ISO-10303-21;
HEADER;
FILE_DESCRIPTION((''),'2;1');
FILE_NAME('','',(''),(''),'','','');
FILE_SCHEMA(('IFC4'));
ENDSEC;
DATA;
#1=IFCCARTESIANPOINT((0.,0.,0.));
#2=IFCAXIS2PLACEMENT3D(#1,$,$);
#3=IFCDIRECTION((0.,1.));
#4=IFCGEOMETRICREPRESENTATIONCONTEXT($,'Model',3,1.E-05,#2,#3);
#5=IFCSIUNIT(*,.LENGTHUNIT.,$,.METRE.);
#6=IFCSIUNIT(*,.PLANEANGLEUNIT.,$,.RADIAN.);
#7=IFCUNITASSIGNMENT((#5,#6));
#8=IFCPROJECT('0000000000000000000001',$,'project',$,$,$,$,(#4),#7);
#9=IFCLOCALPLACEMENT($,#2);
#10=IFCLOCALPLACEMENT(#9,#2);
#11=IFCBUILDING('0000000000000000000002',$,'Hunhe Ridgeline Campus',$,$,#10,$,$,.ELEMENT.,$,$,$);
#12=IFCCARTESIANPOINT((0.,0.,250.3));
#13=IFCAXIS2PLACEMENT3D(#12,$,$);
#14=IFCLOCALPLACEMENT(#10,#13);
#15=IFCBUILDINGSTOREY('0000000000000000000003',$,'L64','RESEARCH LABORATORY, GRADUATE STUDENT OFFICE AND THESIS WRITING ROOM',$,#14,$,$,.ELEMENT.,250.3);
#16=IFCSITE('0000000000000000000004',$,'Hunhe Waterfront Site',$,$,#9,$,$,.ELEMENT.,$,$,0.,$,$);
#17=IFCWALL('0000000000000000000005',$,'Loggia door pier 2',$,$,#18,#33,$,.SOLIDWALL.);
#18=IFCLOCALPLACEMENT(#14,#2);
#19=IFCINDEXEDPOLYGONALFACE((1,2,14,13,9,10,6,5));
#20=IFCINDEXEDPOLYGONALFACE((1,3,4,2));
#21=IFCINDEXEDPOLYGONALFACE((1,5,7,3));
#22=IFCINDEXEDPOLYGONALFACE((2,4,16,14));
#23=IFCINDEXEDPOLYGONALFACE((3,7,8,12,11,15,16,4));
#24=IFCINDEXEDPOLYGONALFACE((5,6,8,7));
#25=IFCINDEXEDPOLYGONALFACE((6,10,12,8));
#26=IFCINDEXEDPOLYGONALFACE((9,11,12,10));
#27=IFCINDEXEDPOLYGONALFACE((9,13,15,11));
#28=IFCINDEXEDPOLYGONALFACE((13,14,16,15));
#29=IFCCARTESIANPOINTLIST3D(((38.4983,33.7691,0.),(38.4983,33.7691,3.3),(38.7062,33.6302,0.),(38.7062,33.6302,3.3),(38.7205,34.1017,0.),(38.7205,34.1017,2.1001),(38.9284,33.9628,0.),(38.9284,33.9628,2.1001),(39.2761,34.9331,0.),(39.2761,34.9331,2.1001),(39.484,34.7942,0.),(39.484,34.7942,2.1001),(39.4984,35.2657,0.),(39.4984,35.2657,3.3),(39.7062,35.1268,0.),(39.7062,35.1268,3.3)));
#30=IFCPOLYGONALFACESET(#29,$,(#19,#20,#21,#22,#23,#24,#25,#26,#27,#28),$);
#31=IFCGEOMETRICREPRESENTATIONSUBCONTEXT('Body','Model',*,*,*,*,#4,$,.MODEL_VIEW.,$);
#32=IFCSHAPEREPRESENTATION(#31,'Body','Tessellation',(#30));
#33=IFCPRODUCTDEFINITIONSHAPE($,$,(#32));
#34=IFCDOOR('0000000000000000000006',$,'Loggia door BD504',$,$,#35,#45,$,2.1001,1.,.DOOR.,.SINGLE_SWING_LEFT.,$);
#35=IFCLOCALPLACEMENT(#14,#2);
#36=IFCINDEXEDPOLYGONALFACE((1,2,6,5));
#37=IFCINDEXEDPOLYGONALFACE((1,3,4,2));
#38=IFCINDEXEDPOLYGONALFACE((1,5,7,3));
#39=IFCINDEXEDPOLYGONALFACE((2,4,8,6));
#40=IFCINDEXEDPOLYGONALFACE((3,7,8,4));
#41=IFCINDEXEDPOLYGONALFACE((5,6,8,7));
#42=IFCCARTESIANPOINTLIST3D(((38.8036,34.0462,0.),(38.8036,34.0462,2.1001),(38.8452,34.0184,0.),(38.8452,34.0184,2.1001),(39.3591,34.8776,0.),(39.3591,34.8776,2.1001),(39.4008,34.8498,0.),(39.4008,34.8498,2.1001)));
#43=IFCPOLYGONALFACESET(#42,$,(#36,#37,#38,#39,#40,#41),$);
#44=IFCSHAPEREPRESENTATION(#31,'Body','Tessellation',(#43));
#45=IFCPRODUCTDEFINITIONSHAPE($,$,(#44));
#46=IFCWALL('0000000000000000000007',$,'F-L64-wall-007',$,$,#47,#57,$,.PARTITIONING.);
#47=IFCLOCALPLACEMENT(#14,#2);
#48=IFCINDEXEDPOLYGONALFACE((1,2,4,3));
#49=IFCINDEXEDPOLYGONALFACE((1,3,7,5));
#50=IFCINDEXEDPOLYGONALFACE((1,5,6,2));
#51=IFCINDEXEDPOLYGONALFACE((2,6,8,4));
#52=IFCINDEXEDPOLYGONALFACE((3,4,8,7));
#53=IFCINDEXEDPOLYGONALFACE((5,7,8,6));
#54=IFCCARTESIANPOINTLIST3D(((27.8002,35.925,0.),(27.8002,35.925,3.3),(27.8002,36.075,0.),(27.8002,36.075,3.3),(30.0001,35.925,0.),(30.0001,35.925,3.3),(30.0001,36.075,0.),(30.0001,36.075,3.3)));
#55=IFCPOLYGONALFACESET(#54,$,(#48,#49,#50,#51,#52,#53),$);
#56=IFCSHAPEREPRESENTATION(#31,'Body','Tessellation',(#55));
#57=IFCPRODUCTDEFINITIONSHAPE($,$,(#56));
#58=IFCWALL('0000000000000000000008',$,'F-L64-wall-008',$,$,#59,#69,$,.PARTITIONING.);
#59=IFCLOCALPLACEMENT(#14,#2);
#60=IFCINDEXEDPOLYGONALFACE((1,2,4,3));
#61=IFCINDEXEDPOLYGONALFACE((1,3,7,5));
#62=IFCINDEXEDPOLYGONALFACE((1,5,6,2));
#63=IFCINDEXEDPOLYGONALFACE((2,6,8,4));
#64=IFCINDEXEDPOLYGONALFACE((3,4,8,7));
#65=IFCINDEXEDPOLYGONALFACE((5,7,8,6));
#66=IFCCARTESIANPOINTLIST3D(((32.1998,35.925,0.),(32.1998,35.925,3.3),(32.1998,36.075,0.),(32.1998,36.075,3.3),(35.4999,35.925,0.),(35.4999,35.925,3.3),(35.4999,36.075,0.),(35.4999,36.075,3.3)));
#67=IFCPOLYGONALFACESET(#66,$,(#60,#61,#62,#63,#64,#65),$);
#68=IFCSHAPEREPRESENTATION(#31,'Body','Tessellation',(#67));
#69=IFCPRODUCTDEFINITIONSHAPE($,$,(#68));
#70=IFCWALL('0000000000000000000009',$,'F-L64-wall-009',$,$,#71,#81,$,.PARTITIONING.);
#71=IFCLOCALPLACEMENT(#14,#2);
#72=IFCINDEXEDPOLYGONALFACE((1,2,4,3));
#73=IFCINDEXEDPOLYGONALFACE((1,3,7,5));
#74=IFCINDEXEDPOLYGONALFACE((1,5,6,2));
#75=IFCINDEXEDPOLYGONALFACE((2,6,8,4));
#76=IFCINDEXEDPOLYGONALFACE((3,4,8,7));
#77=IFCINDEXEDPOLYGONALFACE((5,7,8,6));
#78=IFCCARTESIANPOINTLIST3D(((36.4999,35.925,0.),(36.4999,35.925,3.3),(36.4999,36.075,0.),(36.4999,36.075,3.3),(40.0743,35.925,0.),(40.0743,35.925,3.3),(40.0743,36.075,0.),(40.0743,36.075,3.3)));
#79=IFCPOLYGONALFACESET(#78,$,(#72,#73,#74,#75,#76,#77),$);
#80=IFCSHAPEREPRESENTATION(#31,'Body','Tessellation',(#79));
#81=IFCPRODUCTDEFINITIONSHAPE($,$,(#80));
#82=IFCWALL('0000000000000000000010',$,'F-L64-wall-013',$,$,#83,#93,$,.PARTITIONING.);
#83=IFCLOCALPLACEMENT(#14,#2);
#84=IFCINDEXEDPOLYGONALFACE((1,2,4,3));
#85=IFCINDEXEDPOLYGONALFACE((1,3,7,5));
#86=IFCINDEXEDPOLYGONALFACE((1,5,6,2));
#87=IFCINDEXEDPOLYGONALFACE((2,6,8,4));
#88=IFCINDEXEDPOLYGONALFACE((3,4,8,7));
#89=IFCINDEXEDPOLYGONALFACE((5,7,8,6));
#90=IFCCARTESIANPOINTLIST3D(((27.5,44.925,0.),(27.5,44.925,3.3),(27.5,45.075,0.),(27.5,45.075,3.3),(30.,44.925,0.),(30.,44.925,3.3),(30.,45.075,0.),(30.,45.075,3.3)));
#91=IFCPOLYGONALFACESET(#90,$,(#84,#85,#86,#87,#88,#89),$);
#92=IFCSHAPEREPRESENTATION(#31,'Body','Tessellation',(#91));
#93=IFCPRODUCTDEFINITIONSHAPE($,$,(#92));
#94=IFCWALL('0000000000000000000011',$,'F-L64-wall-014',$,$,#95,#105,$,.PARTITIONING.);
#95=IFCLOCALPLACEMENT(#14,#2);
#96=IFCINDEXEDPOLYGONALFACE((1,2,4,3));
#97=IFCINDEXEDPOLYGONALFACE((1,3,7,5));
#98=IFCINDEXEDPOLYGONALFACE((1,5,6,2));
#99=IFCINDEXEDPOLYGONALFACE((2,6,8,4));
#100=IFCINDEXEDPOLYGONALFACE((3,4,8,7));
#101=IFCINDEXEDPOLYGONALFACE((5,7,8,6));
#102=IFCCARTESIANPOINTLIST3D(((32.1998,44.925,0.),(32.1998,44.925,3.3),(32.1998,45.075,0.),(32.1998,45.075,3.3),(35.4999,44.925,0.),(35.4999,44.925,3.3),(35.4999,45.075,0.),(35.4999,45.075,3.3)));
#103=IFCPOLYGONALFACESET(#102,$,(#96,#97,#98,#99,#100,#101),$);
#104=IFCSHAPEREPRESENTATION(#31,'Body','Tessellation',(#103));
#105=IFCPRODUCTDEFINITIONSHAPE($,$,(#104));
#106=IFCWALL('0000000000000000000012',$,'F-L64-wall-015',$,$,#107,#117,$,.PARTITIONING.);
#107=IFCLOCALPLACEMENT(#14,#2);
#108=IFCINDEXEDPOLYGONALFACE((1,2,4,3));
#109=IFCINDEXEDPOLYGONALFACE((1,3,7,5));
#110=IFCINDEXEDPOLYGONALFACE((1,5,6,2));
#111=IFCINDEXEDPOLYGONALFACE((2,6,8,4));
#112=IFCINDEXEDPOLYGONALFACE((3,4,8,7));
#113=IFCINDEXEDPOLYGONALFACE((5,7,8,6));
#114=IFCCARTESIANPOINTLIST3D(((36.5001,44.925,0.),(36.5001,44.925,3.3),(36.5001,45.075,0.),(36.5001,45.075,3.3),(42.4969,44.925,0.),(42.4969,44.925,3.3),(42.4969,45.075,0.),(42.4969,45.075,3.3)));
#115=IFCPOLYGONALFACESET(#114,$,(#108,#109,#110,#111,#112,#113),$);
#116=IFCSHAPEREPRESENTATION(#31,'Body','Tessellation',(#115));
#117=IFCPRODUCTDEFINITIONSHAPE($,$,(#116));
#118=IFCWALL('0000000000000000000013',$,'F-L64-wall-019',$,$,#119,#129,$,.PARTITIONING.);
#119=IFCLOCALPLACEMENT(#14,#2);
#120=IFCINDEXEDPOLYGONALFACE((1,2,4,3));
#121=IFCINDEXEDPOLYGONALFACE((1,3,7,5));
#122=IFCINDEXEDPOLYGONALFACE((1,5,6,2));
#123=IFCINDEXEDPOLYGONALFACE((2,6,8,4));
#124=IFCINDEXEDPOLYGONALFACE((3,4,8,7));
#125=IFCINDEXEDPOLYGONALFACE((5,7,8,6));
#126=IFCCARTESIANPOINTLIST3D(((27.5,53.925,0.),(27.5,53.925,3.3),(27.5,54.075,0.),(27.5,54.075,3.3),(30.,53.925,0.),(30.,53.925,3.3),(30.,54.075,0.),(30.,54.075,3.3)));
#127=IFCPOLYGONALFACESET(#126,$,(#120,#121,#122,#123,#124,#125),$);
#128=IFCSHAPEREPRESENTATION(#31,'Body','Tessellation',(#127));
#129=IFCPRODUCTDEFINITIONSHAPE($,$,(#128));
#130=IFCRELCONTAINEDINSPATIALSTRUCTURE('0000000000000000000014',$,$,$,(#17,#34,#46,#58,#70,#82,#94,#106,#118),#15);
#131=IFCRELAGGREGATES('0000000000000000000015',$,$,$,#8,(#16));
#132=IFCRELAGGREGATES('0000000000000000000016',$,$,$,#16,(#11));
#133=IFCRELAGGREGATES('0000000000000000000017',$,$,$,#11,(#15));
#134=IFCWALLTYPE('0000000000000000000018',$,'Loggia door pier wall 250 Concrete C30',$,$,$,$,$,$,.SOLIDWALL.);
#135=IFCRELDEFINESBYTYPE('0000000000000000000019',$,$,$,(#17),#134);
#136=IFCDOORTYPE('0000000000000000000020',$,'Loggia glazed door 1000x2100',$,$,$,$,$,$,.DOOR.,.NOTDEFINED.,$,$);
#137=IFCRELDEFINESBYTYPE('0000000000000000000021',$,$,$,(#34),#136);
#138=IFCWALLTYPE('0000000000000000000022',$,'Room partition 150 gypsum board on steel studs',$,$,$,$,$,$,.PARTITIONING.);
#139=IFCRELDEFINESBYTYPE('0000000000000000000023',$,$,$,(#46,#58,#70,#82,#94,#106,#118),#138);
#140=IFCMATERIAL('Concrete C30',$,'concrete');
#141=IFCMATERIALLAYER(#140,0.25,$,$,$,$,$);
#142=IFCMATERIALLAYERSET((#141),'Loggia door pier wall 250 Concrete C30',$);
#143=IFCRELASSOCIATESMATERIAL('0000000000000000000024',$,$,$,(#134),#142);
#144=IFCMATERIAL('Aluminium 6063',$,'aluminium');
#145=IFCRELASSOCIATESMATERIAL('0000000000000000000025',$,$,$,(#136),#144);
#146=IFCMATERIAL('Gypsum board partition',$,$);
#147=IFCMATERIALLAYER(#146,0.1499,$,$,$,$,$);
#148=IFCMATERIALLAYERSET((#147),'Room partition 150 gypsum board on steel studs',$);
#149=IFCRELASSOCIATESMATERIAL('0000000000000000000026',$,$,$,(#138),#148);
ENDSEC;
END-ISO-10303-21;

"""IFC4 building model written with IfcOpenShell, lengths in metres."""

from ifc_helpers import new_model, si_unit, direction, frame, frame_2d, origin, place, context, subcontext, project, spatial, rectangle, extrude, material, layer, layer_set, type_object, element, fill, save


model = new_model("IFC4")

# Units and contexts
model_context = context("Model", 3, precision=1e-05, world=origin(), true_north=direction((0.0, 1.0)))
body_context = subcontext(model_context, "Body", "Model", "MODEL_VIEW")
ifc_project = project(units=[si_unit("LENGTHUNIT", "METRE"), si_unit("PLANEANGLEUNIT", "RADIAN")], contexts=[model_context])

# Site, building, storey
site_placement = place(None, origin())
site = spatial("IfcSite", under=ifc_project, at=site_placement, Name="Hunhe Waterfront Site", CompositionType="ELEMENT", RefElevation=0.0)
building_placement = place(site_placement, origin())
building = spatial("IfcBuilding", under=site, at=building_placement, Name="Hunhe Ridgeline Campus", CompositionType="ELEMENT")
storey_placement = place(building_placement, frame((0.0, 0.0, 250.3)))
storey = spatial("IfcBuildingStorey", under=building, at=storey_placement, Name="L64", Description="RESEARCH LABORATORY, GRADUATE STUDENT OFFICE AND THESIS WRITING ROOM", CompositionType="ELEMENT", Elevation=250.3)

# Shared definitions
ifc_material_1 = material(Name="Aluminium 6063", Category="aluminium")

# Wall, opening, door
ifc_material_2 = material(Name="Concrete C30", Category="concrete")
ifc_layer_1 = layer(ifc_material_2, 0.25)
ifc_layer_set_1 = layer_set([ifc_layer_1], Name="Loggia door pier wall 250 Concrete C30")
wall_type_1 = type_object("IfcWallType", Name="Loggia door pier wall 250 Concrete C30", PredefinedType="SOLIDWALL", material=ifc_layer_set_1)
wall_1_placement = place(storey_placement, frame((38.6023, 33.6997, 0.0), z_axis=(0.0, 0.0, 1.0), x_axis=(0.555576, 0.831466, 0.0)))
wall_1 = element("IfcWall", 1, at=wall_1_placement, inside=storey, type_object=wall_type_1, Name="Loggia door pier 2", PredefinedType="SOLIDWALL", context=body_context, shape_type="SweptSolid", body=[
    extrude(rectangle(XDim=1.8, YDim=0.25, at=frame_2d((0.8999, 0.0))), origin(), (0.0, 0.0, 1.0), 3.3),
])
opening_placement = place(wall_1_placement, frame((0.3999, 0.0, 0.0)))
opening = element("IfcOpeningElement", 2, at=opening_placement, cuts=wall_1, PredefinedType="OPENING", context=body_context, shape_type="SweptSolid", body=[
    extrude(rectangle(XDim=1.0, YDim=2.1001, at=frame_2d((0.5, 1.05))), frame((0.0, 0.125, 0.0), z_axis=(0.0, -1.0, 0.0), x_axis=(1.0, 0.0, 0.0)), (0.0, 0.0, 1.0), 0.25),
])
door_type = type_object("IfcDoorType", Name="Loggia glazed door 1000x2100", OperationType="NOTDEFINED", PredefinedType="DOOR", material=ifc_material_1)
door_placement = place(opening_placement, frame((1.0, 0.0, 0.0), z_axis=(0.0, 0.0, 1.0), x_axis=(-1.0, 0.0, 0.0)))
door = element("IfcDoor", 3, at=door_placement, inside=storey, type_object=door_type, Name="Loggia door BD504", OperationType="SINGLE_SWING_LEFT", OverallHeight=2.1001, OverallWidth=1.0, PredefinedType="DOOR", context=body_context, shape_type="SweptSolid", body=[
    extrude(rectangle(XDim=1.0, YDim=2.1001, at=frame_2d((0.5, 1.05))), frame((0.0, 0.0249, 0.0), z_axis=(0.0, -1.0, 0.0), x_axis=(1.0, 0.0, 0.0)), (0.0, 0.0, 1.0), 0.05),
])
fill(opening, door)

# Walls
ifc_material_3 = material(Name="Gypsum board partition")
ifc_layer_2 = layer(ifc_material_3, 0.1499)
ifc_layer_set_2 = layer_set([ifc_layer_2], Name="Room partition 150 gypsum board on steel studs")
wall_type_2 = type_object("IfcWallType", Name="Room partition 150 gypsum board on steel studs", PredefinedType="PARTITIONING", material=ifc_layer_set_2)
wall_2_placement = place(storey_placement, frame((27.8, 36.0, 0.0), z_axis=(0.0, 0.0, 1.0), x_axis=(1.0, 0.0, 0.0)))
element("IfcWall", 4, at=wall_2_placement, inside=storey, type_object=wall_type_2, Name="F-L64-wall-007", PredefinedType="PARTITIONING", context=body_context, shape_type="SweptSolid", body=[
    extrude(rectangle(XDim=2.2, YDim=0.1499, at=frame_2d((1.1001, 0.0))), origin(), (0.0, 0.0, 1.0), 3.3),
])
wall_3_placement = place(storey_placement, frame((32.2, 36.0, 0.0), z_axis=(0.0, 0.0, 1.0), x_axis=(1.0, 0.0, 0.0)))
element("IfcWall", 5, at=wall_3_placement, inside=storey, type_object=wall_type_2, Name="F-L64-wall-008", PredefinedType="PARTITIONING", context=body_context, shape_type="SweptSolid", body=[
    extrude(rectangle(XDim=3.3, YDim=0.1499, at=frame_2d((1.6499, 0.0))), origin(), (0.0, 0.0, 1.0), 3.3),
])
wall_4_placement = place(storey_placement, frame((36.5, 36.0, 0.0), z_axis=(0.0, 0.0, 1.0), x_axis=(1.0, 0.0, 0.0)))
element("IfcWall", 6, at=wall_4_placement, inside=storey, type_object=wall_type_2, Name="F-L64-wall-009", PredefinedType="PARTITIONING", context=body_context, shape_type="SweptSolid", body=[
    extrude(rectangle(XDim=3.5745, YDim=0.1499, at=frame_2d((1.7871, 0.0))), origin(), (0.0, 0.0, 1.0), 3.3),
])
wall_5_placement = place(storey_placement, frame((27.5, 45.0, 0.0), z_axis=(0.0, 0.0, 1.0), x_axis=(1.0, 0.0, 0.0)))
element("IfcWall", 7, at=wall_5_placement, inside=storey, type_object=wall_type_2, Name="F-L64-wall-013", PredefinedType="PARTITIONING", context=body_context, shape_type="SweptSolid", body=[
    extrude(rectangle(XDim=2.5, YDim=0.1499, at=frame_2d((1.25, 0.0))), origin(), (0.0, 0.0, 1.0), 3.3),
])
wall_6_placement = place(storey_placement, frame((32.2, 45.0, 0.0), z_axis=(0.0, 0.0, 1.0), x_axis=(1.0, 0.0, 0.0)))
element("IfcWall", 8, at=wall_6_placement, inside=storey, type_object=wall_type_2, Name="F-L64-wall-014", PredefinedType="PARTITIONING", context=body_context, shape_type="SweptSolid", body=[
    extrude(rectangle(XDim=3.3, YDim=0.1499, at=frame_2d((1.6499, 0.0))), origin(), (0.0, 0.0, 1.0), 3.3),
])
wall_7_placement = place(storey_placement, frame((36.5, 45.0, 0.0), z_axis=(0.0, 0.0, 1.0), x_axis=(1.0, 0.0, 0.0)))
element("IfcWall", 9, at=wall_7_placement, inside=storey, type_object=wall_type_2, Name="F-L64-wall-015", PredefinedType="PARTITIONING", context=body_context, shape_type="SweptSolid", body=[
    extrude(rectangle(XDim=5.9968, YDim=0.1499, at=frame_2d((2.9985, 0.0))), origin(), (0.0, 0.0, 1.0), 3.3),
])
wall_8_placement = place(storey_placement, frame((27.5, 54.0, 0.0), z_axis=(0.0, 0.0, 1.0), x_axis=(1.0, 0.0, 0.0)))
element("IfcWall", 10, at=wall_8_placement, inside=storey, type_object=wall_type_2, Name="F-L64-wall-019", PredefinedType="PARTITIONING", context=body_context, shape_type="SweptSolid", body=[
    extrude(rectangle(XDim=2.5, YDim=0.1499, at=frame_2d((1.25, 0.0))), origin(), (0.0, 0.0, 1.0), 3.3),
])

save(model, "model.ifc")
